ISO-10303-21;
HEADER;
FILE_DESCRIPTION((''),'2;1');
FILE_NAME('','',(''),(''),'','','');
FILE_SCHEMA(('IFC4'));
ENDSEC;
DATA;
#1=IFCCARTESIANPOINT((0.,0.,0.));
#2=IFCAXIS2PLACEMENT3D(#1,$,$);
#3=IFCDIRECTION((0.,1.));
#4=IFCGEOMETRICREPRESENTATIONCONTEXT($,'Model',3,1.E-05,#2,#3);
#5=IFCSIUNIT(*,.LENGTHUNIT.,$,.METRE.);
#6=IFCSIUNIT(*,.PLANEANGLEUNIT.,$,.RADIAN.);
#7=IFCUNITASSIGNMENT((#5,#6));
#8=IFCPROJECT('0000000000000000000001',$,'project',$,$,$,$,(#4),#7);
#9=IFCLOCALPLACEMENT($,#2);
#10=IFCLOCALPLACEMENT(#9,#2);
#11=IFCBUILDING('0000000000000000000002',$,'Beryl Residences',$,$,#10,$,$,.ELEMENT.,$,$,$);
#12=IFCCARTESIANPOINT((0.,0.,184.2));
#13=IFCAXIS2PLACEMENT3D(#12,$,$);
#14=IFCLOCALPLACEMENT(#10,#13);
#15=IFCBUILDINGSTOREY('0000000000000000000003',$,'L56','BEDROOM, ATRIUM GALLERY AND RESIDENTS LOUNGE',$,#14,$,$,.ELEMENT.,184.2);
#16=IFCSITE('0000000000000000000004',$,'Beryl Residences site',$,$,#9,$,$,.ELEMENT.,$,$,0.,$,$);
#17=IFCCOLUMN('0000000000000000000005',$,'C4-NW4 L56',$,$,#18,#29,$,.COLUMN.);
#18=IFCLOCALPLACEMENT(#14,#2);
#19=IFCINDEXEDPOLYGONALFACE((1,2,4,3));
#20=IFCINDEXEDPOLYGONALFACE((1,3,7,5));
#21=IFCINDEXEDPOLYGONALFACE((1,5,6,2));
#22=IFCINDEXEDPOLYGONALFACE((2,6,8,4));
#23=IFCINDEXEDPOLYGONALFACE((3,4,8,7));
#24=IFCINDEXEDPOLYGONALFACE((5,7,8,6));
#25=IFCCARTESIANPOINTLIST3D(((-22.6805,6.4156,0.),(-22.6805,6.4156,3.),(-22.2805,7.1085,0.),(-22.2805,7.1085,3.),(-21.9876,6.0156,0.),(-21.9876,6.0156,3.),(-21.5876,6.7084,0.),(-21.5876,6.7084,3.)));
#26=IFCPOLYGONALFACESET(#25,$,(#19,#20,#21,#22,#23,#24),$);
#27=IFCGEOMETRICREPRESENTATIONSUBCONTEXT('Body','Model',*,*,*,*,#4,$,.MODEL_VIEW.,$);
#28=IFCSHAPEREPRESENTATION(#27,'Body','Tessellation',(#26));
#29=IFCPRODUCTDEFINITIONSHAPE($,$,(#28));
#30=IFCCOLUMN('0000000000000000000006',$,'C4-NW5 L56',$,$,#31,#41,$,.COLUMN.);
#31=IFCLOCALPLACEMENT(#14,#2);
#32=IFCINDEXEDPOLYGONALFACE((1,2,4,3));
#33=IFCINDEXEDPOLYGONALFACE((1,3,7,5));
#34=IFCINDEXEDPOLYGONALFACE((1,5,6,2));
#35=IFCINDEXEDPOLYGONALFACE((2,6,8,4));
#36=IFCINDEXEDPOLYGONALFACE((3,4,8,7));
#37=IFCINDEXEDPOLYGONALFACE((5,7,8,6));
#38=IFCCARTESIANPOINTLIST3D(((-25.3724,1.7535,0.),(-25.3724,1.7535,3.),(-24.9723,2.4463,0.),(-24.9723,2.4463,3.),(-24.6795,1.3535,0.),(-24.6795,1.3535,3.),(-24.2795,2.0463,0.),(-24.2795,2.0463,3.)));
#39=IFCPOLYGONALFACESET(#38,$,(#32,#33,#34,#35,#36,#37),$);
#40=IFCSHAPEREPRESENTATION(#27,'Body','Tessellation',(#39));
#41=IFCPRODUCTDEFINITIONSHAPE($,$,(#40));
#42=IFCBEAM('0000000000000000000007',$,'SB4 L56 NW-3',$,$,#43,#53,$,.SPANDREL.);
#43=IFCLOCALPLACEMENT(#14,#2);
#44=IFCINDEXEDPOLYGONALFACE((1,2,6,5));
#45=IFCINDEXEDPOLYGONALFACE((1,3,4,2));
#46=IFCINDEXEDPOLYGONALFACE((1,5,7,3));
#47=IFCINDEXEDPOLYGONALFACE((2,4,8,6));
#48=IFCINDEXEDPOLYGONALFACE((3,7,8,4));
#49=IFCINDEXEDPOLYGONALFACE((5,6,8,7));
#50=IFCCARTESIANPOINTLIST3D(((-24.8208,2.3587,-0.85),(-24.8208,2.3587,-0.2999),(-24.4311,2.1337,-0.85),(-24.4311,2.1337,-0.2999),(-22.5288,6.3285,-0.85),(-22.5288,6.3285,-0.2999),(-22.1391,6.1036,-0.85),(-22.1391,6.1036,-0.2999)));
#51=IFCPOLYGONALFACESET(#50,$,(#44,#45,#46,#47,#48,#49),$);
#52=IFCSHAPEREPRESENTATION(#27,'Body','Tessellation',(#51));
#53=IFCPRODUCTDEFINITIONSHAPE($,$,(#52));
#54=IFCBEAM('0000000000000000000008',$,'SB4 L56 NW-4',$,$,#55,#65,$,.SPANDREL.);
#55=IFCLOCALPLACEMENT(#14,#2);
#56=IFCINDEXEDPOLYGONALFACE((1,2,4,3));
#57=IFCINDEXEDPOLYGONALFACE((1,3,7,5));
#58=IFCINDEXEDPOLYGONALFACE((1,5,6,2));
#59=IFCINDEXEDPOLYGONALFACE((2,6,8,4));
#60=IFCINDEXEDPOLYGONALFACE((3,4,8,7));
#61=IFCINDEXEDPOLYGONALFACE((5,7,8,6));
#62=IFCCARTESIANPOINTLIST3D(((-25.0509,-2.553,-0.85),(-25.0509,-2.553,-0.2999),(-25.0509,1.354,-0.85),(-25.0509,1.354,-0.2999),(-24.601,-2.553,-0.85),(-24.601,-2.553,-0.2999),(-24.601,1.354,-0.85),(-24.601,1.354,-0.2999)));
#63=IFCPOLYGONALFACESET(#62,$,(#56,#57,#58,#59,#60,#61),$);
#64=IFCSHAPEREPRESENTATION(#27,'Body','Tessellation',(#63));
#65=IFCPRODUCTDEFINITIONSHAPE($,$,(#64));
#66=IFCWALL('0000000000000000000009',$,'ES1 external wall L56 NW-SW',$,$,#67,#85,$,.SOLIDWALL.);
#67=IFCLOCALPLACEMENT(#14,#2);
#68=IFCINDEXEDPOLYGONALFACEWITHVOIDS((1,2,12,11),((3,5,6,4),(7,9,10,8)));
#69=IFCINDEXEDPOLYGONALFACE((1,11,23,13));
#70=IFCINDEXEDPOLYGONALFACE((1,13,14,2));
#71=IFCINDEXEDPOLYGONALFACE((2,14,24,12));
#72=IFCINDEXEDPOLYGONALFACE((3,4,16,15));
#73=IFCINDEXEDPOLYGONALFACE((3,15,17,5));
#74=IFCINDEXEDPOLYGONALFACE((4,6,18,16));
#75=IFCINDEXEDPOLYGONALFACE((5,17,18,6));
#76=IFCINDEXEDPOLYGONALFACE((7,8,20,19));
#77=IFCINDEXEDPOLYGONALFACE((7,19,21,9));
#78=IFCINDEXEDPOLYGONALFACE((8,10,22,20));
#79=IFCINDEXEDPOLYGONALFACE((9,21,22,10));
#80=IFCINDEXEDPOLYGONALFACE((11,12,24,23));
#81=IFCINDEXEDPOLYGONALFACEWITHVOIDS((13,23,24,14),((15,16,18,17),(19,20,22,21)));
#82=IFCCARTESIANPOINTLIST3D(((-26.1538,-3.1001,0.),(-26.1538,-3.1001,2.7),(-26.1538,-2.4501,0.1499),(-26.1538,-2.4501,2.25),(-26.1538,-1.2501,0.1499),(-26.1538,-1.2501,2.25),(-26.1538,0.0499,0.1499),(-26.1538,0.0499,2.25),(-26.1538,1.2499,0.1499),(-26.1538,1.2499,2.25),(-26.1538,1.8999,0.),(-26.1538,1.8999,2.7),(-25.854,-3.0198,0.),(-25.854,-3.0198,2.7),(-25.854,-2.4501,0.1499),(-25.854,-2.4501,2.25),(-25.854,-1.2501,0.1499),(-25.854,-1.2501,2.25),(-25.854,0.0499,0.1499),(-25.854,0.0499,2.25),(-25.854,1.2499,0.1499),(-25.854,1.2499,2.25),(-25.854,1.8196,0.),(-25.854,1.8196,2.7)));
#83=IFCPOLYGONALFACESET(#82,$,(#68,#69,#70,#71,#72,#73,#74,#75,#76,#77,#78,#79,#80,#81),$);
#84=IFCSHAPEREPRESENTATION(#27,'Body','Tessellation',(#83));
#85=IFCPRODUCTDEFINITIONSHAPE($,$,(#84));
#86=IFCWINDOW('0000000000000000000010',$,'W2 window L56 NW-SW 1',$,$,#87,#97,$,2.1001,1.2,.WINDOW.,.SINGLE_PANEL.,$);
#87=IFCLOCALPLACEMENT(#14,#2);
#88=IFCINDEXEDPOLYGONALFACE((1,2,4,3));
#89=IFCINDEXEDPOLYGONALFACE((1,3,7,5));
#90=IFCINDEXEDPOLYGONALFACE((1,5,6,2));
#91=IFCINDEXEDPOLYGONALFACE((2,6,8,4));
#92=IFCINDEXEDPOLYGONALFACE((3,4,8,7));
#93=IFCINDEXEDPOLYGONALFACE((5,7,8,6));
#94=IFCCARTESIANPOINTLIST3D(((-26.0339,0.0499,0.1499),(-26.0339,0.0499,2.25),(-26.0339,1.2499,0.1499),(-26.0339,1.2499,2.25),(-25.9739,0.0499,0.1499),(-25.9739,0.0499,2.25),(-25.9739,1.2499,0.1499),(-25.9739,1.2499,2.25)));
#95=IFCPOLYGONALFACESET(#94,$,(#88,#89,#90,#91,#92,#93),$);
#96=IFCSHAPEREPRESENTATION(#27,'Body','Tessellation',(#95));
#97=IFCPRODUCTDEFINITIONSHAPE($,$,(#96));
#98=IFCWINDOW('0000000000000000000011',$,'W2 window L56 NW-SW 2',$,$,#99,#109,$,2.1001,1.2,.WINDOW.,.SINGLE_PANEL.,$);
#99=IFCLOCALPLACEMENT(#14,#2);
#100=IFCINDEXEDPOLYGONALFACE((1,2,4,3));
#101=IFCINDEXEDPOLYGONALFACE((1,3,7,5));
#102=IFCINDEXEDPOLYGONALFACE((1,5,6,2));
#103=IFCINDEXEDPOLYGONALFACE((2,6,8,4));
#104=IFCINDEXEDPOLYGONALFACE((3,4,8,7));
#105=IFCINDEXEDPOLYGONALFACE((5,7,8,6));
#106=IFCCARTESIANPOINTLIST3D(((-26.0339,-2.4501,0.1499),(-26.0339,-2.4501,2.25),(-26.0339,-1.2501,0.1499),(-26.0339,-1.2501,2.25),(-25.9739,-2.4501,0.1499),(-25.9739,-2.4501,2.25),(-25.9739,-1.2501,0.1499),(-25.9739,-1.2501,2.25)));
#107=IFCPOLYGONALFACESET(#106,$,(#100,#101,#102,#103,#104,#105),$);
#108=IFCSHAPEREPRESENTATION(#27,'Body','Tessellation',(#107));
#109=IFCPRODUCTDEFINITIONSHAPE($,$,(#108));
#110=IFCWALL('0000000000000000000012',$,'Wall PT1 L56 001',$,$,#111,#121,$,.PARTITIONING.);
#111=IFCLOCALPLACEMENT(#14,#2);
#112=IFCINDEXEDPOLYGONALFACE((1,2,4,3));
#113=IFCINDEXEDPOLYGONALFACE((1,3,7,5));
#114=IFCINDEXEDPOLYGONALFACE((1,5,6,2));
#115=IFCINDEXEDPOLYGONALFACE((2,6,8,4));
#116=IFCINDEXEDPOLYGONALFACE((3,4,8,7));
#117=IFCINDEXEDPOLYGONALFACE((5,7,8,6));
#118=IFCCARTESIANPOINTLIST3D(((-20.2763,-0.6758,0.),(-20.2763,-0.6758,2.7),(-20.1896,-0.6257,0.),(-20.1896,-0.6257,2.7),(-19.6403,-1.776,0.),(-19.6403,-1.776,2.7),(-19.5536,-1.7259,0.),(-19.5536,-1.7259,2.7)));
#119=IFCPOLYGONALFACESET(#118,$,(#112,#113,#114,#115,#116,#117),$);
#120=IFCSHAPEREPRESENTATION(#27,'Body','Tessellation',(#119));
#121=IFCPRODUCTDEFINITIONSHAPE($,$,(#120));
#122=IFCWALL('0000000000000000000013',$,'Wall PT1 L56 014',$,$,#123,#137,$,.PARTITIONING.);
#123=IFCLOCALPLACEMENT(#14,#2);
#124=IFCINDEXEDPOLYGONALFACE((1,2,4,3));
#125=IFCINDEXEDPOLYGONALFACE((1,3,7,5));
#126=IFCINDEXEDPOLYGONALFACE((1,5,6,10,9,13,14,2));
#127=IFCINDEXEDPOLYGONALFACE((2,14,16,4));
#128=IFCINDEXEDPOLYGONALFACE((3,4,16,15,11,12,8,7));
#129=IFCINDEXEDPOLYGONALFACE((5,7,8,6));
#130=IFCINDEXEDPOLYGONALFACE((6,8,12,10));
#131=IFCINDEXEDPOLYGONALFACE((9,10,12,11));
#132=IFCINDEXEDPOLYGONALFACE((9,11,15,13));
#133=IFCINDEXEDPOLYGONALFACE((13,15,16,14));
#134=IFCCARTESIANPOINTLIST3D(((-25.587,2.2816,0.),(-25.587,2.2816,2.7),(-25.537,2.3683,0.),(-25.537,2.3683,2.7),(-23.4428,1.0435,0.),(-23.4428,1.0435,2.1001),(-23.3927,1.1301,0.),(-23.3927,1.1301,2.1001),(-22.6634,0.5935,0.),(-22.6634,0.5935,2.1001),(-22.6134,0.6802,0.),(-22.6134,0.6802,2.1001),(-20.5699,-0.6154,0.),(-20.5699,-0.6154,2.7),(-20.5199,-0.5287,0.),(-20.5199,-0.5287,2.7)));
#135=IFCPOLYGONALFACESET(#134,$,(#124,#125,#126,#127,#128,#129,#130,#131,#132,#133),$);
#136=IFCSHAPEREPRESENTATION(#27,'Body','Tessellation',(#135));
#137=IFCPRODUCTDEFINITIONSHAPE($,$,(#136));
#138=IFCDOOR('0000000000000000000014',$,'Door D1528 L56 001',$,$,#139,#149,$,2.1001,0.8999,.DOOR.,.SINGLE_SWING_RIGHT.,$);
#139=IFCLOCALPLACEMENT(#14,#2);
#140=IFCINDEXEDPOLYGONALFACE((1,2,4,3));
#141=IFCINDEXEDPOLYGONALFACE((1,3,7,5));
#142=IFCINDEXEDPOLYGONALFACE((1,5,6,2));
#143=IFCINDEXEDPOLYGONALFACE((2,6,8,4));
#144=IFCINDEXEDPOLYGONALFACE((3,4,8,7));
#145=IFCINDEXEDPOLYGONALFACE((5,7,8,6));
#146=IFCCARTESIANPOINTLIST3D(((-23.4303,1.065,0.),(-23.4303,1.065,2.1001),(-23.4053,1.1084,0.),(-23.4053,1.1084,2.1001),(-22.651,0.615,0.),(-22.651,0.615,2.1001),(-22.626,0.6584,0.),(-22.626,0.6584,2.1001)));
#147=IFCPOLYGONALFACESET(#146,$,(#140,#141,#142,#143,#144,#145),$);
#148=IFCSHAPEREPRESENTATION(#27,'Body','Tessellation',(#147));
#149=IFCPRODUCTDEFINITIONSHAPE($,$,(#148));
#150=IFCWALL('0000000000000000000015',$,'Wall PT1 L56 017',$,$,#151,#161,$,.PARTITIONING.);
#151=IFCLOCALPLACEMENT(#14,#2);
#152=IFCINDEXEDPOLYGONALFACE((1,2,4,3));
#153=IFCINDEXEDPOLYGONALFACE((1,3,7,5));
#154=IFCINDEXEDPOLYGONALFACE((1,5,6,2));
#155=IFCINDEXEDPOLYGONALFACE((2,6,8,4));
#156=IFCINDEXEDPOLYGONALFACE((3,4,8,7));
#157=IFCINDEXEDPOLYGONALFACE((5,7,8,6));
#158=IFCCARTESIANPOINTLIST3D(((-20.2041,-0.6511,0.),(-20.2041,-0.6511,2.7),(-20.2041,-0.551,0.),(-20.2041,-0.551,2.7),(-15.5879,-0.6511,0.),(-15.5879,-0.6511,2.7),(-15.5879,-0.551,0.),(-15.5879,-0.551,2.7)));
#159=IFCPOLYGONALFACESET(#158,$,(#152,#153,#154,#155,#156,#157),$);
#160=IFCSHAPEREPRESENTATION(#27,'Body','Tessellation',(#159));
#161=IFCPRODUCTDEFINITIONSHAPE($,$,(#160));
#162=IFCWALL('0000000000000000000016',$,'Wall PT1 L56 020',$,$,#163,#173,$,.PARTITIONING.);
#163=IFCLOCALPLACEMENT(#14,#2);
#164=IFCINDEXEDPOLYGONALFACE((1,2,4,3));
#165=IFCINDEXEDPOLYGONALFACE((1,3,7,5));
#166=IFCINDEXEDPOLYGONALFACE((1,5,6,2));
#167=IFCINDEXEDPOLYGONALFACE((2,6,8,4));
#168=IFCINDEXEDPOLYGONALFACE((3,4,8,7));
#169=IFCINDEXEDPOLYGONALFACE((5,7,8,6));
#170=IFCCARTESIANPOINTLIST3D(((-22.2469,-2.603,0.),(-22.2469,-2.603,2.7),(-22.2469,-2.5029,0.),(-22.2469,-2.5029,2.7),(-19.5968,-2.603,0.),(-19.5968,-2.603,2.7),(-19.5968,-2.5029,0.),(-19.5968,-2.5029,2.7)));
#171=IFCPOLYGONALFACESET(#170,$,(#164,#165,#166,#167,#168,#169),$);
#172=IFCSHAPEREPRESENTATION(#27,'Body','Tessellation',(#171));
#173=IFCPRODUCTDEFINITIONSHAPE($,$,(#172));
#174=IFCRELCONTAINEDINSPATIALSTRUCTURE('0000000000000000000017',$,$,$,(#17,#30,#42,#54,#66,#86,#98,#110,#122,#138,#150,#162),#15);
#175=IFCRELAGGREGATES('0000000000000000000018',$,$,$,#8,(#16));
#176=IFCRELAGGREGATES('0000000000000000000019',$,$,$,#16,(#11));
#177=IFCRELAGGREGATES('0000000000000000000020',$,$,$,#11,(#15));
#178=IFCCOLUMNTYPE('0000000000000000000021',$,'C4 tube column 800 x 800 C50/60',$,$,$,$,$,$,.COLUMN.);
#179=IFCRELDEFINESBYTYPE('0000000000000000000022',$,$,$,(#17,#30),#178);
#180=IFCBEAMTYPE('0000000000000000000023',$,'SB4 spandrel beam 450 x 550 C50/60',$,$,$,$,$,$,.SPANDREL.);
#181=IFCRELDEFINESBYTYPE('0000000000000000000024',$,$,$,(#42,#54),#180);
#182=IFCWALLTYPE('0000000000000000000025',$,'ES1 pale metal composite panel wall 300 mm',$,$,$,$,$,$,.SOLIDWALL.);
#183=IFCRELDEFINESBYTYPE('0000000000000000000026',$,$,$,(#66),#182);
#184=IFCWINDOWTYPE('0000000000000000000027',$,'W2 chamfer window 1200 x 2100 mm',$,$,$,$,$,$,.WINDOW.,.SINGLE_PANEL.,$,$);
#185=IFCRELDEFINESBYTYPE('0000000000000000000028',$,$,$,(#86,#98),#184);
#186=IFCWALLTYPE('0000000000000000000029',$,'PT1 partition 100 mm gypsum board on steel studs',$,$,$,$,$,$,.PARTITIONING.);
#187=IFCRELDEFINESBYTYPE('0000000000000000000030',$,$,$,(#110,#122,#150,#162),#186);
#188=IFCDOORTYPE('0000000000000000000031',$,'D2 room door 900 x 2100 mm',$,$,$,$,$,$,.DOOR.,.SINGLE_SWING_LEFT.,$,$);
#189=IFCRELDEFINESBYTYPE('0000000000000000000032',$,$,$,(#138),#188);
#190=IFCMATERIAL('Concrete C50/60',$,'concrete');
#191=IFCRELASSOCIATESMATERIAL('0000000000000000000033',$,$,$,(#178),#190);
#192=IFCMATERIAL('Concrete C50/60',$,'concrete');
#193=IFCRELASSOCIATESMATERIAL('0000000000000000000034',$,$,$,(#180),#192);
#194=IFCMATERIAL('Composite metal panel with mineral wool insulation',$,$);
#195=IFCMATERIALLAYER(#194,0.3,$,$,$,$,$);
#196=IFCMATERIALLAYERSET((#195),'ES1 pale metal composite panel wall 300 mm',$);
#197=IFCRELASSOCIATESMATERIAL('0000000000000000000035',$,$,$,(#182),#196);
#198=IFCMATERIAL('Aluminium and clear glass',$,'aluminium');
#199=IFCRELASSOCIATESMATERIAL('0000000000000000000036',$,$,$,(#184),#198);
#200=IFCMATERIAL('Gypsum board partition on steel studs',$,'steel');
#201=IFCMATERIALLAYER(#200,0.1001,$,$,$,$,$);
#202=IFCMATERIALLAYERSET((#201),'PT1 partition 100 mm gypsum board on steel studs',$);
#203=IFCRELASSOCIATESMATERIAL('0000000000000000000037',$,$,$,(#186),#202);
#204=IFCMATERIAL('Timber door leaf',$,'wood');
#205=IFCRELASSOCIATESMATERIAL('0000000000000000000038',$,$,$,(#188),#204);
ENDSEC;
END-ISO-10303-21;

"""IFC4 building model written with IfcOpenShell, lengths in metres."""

from ifc_helpers import new_model, si_unit, direction, frame, frame_2d, origin, origin_2d, place, context, subcontext, project, spatial, polyline, rectangle, outline, extrude, material, layer, layer_set, material_profile, profile_set, type_object, element, fill, save


model = new_model("IFC4")

# Units and contexts
model_context = context("Model", 3, precision=1e-05, world=origin(), true_north=direction((0.0, 1.0)))
body_context = subcontext(model_context, "Body", "Model", "MODEL_VIEW")
ifc_project = project(units=[si_unit("LENGTHUNIT", "METRE"), si_unit("PLANEANGLEUNIT", "RADIAN")], contexts=[model_context])

# Site, building, storey
site_placement = place(None, origin())
site = spatial("IfcSite", under=ifc_project, at=site_placement, Name="Beryl Residences site", CompositionType="ELEMENT", RefElevation=0.0)
building_placement = place(site_placement, origin())
building = spatial("IfcBuilding", under=site, at=building_placement, Name="Beryl Residences", CompositionType="ELEMENT")
storey_placement = place(building_placement, frame((0.0, 0.0, 184.2)))
storey = spatial("IfcBuildingStorey", under=building, at=storey_placement, Name="L56", Description="BEDROOM, ATRIUM GALLERY AND RESIDENTS LOUNGE", CompositionType="ELEMENT", Elevation=184.2)

# Columns
ifc_material_1 = material(Name="Concrete C50/60", Category="concrete")
ifc_material_profile_1 = material_profile(ifc_material_1, rectangle(XDim=0.8, YDim=0.8, at=origin_2d()))
ifc_profile_set_1 = profile_set([ifc_material_profile_1], Name="Concrete C50/60")
column_type = type_object("IfcColumnType", Name="C4 tube column 800 x 800 C50/60", PredefinedType="COLUMN", material=ifc_profile_set_1)
for number, where, z_axis, x_axis, name in (
    (1, (-22.134, 6.562, 0.0), (0.0, 0.0, 1.0), (-0.5, -0.866025, 0.0), "C4-NW4 L56"),
    (2, (-24.8259, 1.8999, 0.0), (0.0, 0.0, 1.0), (-0.5, -0.866025, 0.0), "C4-NW5 L56"),
):
    element("IfcColumn", number, at=place(storey_placement, frame(where, z_axis=z_axis, x_axis=x_axis)), inside=storey, type_object=column_type, Name=name, PredefinedType="COLUMN", context=body_context, shape_type="SweptSolid", body=[
        extrude(rectangle(XDim=0.8, YDim=0.8, at=origin_2d()), origin(), (0.0, 0.0, 1.0), 3.0),
    ])

# Beams
ifc_material_2 = material(Name="Concrete C50/60", Category="concrete")
ifc_material_profile_2 = material_profile(ifc_material_2, rectangle(XDim=0.45, YDim=0.55, at=origin_2d()))
ifc_profile_set_2 = profile_set([ifc_material_profile_2], Name="Concrete C50/60")
beam_type = type_object("IfcBeamType", Name="SB4 spandrel beam 450 x 550 C50/60", PredefinedType="SPANDREL", material=ifc_profile_set_2)
beam_1_placement = place(storey_placement, frame((-22.334, 6.2161, -0.575), z_axis=(-0.499988, -0.866032, 0.0), x_axis=(0.866032, -0.499988, 0.0)))
element("IfcBeam", 3, at=beam_1_placement, inside=storey, type_object=beam_type, Name="SB4 L56 NW-3", PredefinedType="SPANDREL", context=body_context, shape_type="SweptSolid", body=[
    extrude(rectangle(XDim=0.45, YDim=0.55, at=origin_2d()), origin(), (0.0, 0.0, 1.0), 4.584),
])
beam_2_placement = place(storey_placement, frame((-24.8259, 1.354, -0.575), z_axis=(0.0, -1.0, 0.0), x_axis=(1.0, 0.0, 0.0)))
element("IfcBeam", 4, at=beam_2_placement, inside=storey, type_object=beam_type, Name="SB4 L56 NW-4", PredefinedType="SPANDREL", context=body_context, shape_type="SweptSolid", body=[
    extrude(rectangle(XDim=0.45, YDim=0.55, at=origin_2d()), origin(), (0.0, 0.0, 1.0), 3.907),
])

# Wall, openings, windows
ifc_material_3 = material(Name="Composite metal panel with mineral wool insulation")
ifc_layer_1 = layer(ifc_material_3, 0.3)
ifc_layer_set_1 = layer_set([ifc_layer_1], Name="ES1 pale metal composite panel wall 300 mm")
wall_type_1 = type_object("IfcWallType", Name="ES1 pale metal composite panel wall 300 mm", PredefinedType="SOLIDWALL", material=ifc_layer_set_1)
wall_1_placement = place(storey_placement, frame((-26.0039, 1.8999, 0.0), z_axis=(0.0, 0.0, 1.0), x_axis=(0.0, -1.0, 0.0)))
wall_1 = element("IfcWall", 5, at=wall_1_placement, inside=storey, type_object=wall_type_1, Name="ES1 external wall L56 NW-SW", PredefinedType="SOLIDWALL", context=body_context, shape_type="SweptSolid", body=[
    extrude(outline(polyline([(0.0, -0.1499), (5.0, -0.1499), (4.9197, 0.1499), (0.0803, 0.1499), (0.0, -0.1499)])), origin(), (0.0, 0.0, 1.0), 2.7),
])
opening_1_placement = place(wall_1_placement, frame((0.6499, 0.0, 0.1499)))
opening_1 = element("IfcOpeningElement", 6, at=opening_1_placement, cuts=wall_1, PredefinedType="OPENING", context=body_context, shape_type="SweptSolid", body=[
    extrude(rectangle(XDim=1.2, YDim=2.1001, at=frame_2d((0.6001, 1.05))), frame((0.0, 0.1599, 0.0), z_axis=(0.0, -1.0, 0.0), x_axis=(1.0, 0.0, 0.0)), (0.0, 0.0, 1.0), 0.3201),
])
opening_2_placement = place(wall_1_placement, frame((3.1499, 0.0, 0.1499)))
opening_2 = element("IfcOpeningElement", 7, at=opening_2_placement, cuts=wall_1, PredefinedType="OPENING", context=body_context, shape_type="SweptSolid", body=[
    extrude(rectangle(XDim=1.2, YDim=2.1001, at=frame_2d((0.6001, 1.05))), frame((0.0, 0.1599, 0.0), z_axis=(0.0, -1.0, 0.0), x_axis=(1.0, 0.0, 0.0)), (0.0, 0.0, 1.0), 0.3201),
])
ifc_material_4 = material(Name="Aluminium and clear glass", Category="aluminium")
window_type = type_object("IfcWindowType", Name="W2 chamfer window 1200 x 2100 mm", PartitioningType="SINGLE_PANEL", PredefinedType="WINDOW", material=ifc_material_4)
window_1_placement = place(opening_1_placement, origin())
window_1 = element("IfcWindow", 8, at=window_1_placement, inside=storey, type_object=window_type, Name="W2 window L56 NW-SW 1", OverallHeight=2.1001, OverallWidth=1.2, PartitioningType="SINGLE_PANEL", PredefinedType="WINDOW", context=body_context, shape_type="SweptSolid", body=[
    extrude(rectangle(XDim=1.2, YDim=2.1001, at=frame_2d((0.6001, 1.05))), frame((0.0, 0.03, 0.0), z_axis=(0.0, -1.0, 0.0), x_axis=(1.0, 0.0, 0.0)), (0.0, 0.0, 1.0), 0.0601),
])
fill(opening_1, window_1)
window_2_placement = place(opening_2_placement, origin())
window_2 = element("IfcWindow", 9, at=window_2_placement, inside=storey, type_object=window_type, Name="W2 window L56 NW-SW 2", OverallHeight=2.1001, OverallWidth=1.2, PartitioningType="SINGLE_PANEL", PredefinedType="WINDOW", context=body_context, shape_type="SweptSolid", body=[
    extrude(rectangle(XDim=1.2, YDim=2.1001, at=frame_2d((0.6001, 1.05))), frame((0.0, 0.03, 0.0), z_axis=(0.0, -1.0, 0.0), x_axis=(1.0, 0.0, 0.0)), (0.0, 0.0, 1.0), 0.0601),
])
fill(opening_2, window_2)

# Wall
ifc_material_5 = material(Name="Gypsum board partition on steel studs", Category="steel")
ifc_layer_2 = layer(ifc_material_5, 0.1001)
ifc_layer_set_2 = layer_set([ifc_layer_2], Name="PT1 partition 100 mm gypsum board on steel studs")
wall_type_2 = type_object("IfcWallType", Name="PT1 partition 100 mm gypsum board on steel studs", PredefinedType="PARTITIONING", material=ifc_layer_set_2)
wall_2_placement = place(storey_placement, frame((-20.2329, -0.6509, 0.0), z_axis=(0.0, 0.0, 1.0), x_axis=(0.500498, -0.865737, 0.0)))
element("IfcWall", 10, at=wall_2_placement, inside=storey, type_object=wall_type_2, Name="Wall PT1 L56 001", PredefinedType="PARTITIONING", context=body_context, shape_type="SweptSolid", body=[
    extrude(rectangle(XDim=1.2708, YDim=0.1001, at=frame_2d((0.6353, 0.0))), origin(), (0.0, 0.0, 1.0), 2.7),
])

# Wall, opening, door
wall_3_placement = place(storey_placement, frame((-25.562, 2.325, 0.0), z_axis=(0.0, 0.0, 1.0), x_axis=(0.865999, -0.500046, 0.0)))
wall_3 = element("IfcWall", 11, at=wall_3_placement, inside=storey, type_object=wall_type_2, Name="Wall PT1 L56 014", PredefinedType="PARTITIONING", context=body_context, shape_type="SweptSolid", body=[
    extrude(rectangle(XDim=5.7935, YDim=0.1001, at=frame_2d((2.8967, 0.0))), origin(), (0.0, 0.0, 1.0), 2.7),
])
opening_3_placement = place(wall_3_placement, frame((2.4761, 0.0, 0.0)))
opening_3 = element("IfcOpeningElement", 12, at=opening_3_placement, cuts=wall_3, PredefinedType="OPENING", context=body_context, shape_type="SweptSolid", body=[
    extrude(rectangle(XDim=0.8999, YDim=2.1001, at=frame_2d((0.45, 1.05))), frame((0.0, 0.0601, 0.0), z_axis=(0.0, -1.0, 0.0), x_axis=(1.0, 0.0, 0.0)), (0.0, 0.0, 1.0), 0.1201),
])
ifc_material_6 = material(Name="Timber door leaf", Category="wood")
door_type = type_object("IfcDoorType", Name="D2 room door 900 x 2100 mm", OperationType="SINGLE_SWING_LEFT", PredefinedType="DOOR", material=ifc_material_6)
door_placement = place(opening_3_placement, origin())
door = element("IfcDoor", 13, at=door_placement, inside=storey, type_object=door_type, Name="Door D1528 L56 001", OperationType="SINGLE_SWING_RIGHT", OverallHeight=2.1001, OverallWidth=0.8999, PredefinedType="DOOR", context=body_context, shape_type="SweptSolid", body=[
    extrude(rectangle(XDim=0.8999, YDim=2.1001, at=frame_2d((0.45, 1.05))), frame((0.0, 0.0249, 0.0), z_axis=(0.0, -1.0, 0.0), x_axis=(1.0, 0.0, 0.0)), (0.0, 0.0, 1.0), 0.05),
])
fill(opening_3, door)

# Walls
wall_4_placement = place(storey_placement, frame((-20.2041, -0.6011, 0.0), z_axis=(0.0, 0.0, 1.0), x_axis=(1.0, 0.0, 0.0)))
element("IfcWall", 14, at=wall_4_placement, inside=storey, type_object=wall_type_2, Name="Wall PT1 L56 017", PredefinedType="PARTITIONING", context=body_context, shape_type="SweptSolid", body=[
    extrude(rectangle(XDim=4.6162, YDim=0.1001, at=frame_2d((2.3081, 0.0))), origin(), (0.0, 0.0, 1.0), 2.7),
])
wall_5_placement = place(storey_placement, frame((-22.2471, -2.553, 0.0), z_axis=(0.0, 0.0, 1.0), x_axis=(1.0, 0.0, 0.0)))
element("IfcWall", 15, at=wall_5_placement, inside=storey, type_object=wall_type_2, Name="Wall PT1 L56 020", PredefinedType="PARTITIONING", context=body_context, shape_type="SweptSolid", body=[
    extrude(rectangle(XDim=2.6501, YDim=0.1001, at=frame_2d((1.3252, 0.0))), origin(), (0.0, 0.0, 1.0), 2.7),
])

save(model, "model.ifc")
